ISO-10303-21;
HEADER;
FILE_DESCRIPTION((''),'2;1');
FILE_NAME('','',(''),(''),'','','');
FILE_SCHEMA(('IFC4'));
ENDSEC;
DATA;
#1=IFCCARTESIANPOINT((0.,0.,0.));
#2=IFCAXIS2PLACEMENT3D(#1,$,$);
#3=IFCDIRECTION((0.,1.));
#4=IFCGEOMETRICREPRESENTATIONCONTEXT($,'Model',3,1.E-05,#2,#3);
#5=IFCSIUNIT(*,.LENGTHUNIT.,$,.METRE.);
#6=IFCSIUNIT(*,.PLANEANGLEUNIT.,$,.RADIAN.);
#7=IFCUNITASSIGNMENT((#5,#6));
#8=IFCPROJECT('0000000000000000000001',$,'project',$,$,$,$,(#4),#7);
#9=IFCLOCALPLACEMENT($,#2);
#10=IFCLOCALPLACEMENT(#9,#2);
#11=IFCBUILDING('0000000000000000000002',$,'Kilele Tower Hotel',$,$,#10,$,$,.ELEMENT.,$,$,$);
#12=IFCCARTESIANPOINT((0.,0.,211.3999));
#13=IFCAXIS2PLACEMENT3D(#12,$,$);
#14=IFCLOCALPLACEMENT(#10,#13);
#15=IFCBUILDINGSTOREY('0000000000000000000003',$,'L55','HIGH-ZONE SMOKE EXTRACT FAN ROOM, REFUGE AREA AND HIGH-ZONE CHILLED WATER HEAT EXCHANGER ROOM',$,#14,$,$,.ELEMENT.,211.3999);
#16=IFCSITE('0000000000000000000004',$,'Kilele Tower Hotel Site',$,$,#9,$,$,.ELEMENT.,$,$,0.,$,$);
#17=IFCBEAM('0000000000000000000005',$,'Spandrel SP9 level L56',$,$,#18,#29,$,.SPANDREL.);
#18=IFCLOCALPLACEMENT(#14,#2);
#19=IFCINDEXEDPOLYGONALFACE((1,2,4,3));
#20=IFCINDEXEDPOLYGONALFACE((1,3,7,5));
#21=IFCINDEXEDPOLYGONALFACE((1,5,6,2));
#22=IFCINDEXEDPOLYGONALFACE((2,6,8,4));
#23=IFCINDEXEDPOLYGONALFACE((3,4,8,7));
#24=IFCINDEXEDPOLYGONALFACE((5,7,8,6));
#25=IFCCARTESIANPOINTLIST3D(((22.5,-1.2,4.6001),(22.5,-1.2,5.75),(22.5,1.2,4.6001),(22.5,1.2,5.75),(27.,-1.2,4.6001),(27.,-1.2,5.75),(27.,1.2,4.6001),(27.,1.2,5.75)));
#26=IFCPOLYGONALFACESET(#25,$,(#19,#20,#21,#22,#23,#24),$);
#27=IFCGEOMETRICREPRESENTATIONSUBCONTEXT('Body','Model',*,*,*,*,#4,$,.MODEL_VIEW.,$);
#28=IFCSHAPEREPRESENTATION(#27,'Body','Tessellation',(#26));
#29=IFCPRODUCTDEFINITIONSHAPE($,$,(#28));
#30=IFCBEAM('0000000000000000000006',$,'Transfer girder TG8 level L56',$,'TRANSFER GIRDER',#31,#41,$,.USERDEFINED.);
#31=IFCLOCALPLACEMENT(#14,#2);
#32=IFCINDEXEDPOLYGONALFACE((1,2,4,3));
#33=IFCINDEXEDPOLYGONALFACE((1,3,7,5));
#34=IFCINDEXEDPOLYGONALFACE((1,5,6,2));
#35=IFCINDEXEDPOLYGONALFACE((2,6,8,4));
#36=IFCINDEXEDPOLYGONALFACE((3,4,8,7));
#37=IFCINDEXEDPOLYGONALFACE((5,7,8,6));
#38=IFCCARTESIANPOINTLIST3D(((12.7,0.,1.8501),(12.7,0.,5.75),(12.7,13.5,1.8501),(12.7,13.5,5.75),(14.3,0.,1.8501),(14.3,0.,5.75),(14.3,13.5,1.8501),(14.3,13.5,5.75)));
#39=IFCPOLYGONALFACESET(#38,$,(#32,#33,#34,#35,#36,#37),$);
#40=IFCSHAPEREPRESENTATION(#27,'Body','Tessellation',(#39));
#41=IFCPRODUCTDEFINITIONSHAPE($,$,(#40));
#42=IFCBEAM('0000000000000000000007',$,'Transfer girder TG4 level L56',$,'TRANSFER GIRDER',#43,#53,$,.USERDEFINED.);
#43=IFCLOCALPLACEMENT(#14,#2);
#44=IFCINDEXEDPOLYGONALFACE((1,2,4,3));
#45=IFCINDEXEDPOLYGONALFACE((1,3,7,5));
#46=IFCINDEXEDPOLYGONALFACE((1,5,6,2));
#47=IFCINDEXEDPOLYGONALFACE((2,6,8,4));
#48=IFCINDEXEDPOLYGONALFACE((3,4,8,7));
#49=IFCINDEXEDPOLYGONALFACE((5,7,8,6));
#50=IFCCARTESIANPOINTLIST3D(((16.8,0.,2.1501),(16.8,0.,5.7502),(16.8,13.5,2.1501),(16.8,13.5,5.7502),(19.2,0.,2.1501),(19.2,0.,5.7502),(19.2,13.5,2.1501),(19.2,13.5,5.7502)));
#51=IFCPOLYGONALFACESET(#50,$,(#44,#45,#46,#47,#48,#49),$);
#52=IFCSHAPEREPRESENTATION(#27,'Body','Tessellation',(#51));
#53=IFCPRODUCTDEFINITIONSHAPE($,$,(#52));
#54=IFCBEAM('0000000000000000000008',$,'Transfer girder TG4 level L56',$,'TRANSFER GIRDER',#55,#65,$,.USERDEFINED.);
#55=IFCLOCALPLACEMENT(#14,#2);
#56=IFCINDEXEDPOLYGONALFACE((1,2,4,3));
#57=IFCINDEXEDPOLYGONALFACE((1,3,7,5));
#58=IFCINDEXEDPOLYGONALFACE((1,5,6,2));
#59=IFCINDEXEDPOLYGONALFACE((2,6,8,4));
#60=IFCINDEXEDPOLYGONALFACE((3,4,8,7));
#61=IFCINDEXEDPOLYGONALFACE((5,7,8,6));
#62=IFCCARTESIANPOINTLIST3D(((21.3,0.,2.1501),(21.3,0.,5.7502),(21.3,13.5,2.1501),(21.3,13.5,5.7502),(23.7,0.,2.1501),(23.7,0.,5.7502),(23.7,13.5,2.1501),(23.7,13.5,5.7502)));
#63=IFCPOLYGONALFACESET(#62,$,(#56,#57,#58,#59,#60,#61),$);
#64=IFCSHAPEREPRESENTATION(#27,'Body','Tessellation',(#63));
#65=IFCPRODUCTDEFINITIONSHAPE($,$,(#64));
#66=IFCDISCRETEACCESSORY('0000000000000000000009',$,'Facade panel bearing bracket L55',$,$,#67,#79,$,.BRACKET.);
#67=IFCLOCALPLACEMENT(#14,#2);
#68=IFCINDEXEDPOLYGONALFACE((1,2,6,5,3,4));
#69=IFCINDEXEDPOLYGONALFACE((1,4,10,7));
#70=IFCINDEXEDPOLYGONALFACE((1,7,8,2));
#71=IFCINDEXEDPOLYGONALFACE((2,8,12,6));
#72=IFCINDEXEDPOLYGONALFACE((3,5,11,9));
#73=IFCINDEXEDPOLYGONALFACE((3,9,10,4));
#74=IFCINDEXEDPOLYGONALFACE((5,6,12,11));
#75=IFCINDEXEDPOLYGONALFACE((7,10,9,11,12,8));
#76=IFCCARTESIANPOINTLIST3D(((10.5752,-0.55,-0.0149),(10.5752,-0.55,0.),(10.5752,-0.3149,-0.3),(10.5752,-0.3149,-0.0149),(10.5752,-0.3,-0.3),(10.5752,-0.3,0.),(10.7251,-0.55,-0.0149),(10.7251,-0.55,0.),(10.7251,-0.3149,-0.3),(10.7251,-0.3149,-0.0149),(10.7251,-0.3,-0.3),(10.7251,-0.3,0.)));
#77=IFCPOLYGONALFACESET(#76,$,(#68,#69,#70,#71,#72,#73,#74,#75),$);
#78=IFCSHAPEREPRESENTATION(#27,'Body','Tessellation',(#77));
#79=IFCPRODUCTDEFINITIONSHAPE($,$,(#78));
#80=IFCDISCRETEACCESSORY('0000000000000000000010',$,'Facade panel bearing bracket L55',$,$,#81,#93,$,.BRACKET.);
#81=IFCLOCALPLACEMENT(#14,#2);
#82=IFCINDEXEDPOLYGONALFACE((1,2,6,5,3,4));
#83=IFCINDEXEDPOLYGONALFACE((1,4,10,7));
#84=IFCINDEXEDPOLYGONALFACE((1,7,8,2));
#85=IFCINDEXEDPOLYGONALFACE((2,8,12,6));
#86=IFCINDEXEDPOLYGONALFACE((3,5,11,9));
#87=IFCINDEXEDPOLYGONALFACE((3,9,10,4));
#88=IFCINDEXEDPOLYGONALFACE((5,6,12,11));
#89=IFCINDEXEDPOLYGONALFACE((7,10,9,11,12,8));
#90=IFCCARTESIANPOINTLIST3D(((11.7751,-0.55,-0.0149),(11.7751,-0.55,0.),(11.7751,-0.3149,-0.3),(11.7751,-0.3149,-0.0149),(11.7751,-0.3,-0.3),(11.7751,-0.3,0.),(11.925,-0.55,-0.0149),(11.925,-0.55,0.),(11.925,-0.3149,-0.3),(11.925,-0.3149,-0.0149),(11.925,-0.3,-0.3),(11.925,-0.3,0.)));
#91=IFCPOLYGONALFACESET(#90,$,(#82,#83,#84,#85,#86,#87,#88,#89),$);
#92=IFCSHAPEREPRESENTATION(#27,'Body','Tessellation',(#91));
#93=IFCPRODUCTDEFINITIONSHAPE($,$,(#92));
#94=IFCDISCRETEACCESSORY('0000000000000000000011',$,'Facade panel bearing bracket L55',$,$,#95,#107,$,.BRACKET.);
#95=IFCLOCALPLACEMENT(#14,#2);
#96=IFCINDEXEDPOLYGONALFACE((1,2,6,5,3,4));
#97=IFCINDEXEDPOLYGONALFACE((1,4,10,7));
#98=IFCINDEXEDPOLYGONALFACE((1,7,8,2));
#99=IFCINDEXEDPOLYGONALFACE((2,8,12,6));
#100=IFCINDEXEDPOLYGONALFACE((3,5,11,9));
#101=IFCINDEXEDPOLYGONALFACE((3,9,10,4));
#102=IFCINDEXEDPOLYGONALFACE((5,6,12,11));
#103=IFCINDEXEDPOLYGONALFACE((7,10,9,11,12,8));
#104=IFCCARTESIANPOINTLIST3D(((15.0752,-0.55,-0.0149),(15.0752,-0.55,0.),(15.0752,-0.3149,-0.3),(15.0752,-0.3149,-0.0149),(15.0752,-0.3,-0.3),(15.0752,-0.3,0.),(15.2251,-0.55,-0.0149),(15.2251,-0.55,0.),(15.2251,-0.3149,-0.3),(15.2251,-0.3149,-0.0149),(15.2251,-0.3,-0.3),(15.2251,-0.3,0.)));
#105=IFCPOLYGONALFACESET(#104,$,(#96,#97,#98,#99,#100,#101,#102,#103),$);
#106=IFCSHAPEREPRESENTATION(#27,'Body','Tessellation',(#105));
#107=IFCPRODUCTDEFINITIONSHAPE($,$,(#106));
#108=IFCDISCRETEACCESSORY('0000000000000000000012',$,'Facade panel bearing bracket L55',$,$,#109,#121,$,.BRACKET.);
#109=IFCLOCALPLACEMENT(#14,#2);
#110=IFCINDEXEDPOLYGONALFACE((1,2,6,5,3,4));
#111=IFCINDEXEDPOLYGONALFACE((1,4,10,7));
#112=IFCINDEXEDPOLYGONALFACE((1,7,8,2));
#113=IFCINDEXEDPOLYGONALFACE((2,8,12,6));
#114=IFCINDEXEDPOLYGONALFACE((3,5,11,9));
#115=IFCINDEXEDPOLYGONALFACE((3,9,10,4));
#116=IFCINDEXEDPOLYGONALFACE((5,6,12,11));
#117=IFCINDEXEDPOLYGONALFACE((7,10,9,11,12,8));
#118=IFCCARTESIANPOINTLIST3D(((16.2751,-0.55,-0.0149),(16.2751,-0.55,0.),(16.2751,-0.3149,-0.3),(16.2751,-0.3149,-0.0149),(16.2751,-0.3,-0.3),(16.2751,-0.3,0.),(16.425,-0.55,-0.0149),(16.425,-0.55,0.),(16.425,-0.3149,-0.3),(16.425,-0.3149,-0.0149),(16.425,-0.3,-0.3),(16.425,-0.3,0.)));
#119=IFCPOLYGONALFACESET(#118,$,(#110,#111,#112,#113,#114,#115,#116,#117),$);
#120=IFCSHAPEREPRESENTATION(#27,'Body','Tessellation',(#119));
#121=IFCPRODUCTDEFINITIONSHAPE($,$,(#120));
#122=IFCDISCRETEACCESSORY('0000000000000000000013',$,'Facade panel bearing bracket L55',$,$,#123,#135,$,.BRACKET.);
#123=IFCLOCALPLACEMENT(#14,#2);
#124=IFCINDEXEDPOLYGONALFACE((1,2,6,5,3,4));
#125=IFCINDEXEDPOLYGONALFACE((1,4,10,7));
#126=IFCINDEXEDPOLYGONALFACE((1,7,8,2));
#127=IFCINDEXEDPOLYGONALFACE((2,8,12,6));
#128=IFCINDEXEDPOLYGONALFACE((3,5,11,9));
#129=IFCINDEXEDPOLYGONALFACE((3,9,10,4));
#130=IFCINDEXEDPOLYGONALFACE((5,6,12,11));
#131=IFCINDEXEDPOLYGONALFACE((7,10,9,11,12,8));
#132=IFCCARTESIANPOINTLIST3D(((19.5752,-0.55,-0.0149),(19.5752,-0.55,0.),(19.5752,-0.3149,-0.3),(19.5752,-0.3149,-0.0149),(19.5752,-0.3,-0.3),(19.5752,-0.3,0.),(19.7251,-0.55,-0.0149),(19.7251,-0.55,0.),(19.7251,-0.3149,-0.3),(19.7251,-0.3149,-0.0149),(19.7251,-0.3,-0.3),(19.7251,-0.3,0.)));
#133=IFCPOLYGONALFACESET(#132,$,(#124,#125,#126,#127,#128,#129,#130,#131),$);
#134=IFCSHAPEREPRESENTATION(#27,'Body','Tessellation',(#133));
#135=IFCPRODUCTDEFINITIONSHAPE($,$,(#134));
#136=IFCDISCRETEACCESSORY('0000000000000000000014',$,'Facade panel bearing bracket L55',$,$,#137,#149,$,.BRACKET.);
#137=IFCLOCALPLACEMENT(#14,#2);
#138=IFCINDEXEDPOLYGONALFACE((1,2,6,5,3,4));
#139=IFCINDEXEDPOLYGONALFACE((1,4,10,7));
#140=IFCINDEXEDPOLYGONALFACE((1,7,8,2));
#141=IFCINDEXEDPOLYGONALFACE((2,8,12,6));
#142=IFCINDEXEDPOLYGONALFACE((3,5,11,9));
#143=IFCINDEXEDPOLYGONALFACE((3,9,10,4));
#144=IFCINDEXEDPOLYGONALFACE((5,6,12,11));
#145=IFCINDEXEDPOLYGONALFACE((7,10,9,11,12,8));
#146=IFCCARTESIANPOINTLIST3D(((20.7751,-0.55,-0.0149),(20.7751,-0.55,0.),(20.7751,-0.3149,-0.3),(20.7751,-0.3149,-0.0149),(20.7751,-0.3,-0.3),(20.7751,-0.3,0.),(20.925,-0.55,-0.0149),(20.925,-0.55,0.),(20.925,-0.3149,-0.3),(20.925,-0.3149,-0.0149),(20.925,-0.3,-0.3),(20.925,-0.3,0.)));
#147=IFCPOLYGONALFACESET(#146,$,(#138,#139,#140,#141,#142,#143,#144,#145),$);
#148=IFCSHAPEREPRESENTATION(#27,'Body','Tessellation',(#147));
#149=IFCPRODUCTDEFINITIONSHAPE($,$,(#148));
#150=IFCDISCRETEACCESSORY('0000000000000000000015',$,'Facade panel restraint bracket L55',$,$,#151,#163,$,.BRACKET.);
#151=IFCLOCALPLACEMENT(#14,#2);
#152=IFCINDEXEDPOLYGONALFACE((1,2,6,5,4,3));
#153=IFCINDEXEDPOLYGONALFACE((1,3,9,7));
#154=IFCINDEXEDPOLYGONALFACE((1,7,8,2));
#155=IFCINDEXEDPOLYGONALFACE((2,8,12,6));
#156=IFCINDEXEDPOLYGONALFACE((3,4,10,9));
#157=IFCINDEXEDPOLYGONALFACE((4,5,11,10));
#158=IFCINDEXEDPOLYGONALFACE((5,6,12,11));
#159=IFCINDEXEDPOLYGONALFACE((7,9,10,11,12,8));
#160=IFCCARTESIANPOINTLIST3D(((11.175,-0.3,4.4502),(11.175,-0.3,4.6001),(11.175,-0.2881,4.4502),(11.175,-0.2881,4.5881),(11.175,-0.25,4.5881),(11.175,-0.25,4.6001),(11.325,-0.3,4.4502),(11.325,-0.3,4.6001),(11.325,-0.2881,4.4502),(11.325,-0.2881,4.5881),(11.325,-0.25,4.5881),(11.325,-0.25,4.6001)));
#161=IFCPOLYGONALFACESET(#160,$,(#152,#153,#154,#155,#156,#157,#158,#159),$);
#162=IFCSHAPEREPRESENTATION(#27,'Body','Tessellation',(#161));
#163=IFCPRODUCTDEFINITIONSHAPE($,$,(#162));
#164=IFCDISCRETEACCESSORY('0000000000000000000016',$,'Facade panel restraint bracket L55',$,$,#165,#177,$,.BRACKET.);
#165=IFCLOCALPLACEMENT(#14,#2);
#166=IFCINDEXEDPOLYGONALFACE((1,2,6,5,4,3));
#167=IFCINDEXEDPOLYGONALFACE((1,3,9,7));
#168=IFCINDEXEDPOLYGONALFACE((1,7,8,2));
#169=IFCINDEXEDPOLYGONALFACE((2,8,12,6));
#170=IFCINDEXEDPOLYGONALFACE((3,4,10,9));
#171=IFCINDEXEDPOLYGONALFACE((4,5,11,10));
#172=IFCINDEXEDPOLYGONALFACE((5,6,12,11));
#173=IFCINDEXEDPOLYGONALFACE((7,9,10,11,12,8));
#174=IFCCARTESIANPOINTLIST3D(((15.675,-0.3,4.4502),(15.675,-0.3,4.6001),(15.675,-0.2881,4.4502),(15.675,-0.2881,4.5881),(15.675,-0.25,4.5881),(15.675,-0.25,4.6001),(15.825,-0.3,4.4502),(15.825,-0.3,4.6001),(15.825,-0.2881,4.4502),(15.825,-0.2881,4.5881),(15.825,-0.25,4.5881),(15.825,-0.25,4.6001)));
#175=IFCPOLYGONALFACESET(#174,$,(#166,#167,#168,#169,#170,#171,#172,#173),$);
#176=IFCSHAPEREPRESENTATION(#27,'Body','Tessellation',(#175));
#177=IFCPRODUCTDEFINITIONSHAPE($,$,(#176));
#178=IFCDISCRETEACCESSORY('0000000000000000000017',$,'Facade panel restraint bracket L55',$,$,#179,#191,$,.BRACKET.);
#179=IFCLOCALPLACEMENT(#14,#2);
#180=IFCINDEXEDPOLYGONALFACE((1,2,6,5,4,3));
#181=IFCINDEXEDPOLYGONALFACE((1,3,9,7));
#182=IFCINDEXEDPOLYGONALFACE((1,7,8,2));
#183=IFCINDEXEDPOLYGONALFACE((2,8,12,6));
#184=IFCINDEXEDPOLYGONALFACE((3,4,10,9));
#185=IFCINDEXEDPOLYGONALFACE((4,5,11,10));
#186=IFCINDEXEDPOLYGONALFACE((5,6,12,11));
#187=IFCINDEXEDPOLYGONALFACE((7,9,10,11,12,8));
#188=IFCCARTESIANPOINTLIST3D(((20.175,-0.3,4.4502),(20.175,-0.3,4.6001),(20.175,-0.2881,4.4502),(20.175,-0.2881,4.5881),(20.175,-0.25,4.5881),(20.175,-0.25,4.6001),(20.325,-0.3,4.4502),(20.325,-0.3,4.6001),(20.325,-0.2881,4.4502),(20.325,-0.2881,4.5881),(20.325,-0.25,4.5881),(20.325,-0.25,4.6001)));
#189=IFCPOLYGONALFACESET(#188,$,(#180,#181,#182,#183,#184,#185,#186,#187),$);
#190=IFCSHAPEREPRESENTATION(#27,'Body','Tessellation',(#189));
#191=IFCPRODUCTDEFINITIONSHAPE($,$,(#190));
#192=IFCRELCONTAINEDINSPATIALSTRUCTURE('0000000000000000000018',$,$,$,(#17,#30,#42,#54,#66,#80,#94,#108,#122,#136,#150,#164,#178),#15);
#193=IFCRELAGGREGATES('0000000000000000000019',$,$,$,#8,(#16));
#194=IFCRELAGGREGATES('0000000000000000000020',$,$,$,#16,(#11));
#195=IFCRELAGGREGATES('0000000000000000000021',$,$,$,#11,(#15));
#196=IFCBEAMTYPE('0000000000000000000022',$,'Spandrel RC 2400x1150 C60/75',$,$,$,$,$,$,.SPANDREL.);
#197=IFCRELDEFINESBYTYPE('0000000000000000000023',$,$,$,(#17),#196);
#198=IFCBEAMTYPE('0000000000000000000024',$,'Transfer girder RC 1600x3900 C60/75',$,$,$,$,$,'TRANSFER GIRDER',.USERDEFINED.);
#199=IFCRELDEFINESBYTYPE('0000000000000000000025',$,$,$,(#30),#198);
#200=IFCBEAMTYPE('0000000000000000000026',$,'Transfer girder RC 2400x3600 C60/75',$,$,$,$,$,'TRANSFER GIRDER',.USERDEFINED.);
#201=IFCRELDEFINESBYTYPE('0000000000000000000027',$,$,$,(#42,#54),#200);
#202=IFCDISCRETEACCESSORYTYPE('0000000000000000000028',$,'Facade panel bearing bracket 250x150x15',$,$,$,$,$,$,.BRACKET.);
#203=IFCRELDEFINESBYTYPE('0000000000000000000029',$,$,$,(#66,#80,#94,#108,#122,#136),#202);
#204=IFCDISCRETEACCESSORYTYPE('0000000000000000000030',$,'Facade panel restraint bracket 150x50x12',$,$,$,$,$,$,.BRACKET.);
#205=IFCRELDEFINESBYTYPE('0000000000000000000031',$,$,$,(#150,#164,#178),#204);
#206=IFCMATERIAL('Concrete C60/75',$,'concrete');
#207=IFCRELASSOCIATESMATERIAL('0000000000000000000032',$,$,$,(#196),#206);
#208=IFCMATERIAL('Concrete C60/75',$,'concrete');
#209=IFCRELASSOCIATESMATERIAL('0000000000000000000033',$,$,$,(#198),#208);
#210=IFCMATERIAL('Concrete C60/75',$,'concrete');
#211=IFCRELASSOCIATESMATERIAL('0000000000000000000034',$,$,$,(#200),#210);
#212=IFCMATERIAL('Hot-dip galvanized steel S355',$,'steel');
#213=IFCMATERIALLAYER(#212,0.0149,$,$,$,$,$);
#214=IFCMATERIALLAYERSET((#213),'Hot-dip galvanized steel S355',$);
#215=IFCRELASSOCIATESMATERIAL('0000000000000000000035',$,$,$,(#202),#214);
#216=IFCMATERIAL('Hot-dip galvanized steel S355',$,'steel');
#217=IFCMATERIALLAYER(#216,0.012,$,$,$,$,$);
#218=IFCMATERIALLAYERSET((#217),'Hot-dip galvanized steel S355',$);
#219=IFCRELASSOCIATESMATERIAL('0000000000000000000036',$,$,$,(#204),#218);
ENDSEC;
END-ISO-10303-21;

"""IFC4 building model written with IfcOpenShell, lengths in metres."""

from ifc_helpers import new_model, si_unit, direction, frame, origin, origin_2d, place, context, subcontext, project, spatial, polyline, rectangle, outline, extrude, source, transform, mapped, material, layer, layer_set, material_profile, profile_set, type_object, element, save


model = new_model("IFC4")

# Units and contexts
model_context = context("Model", 3, precision=1e-05, world=origin(), true_north=direction((0.0, 1.0)))
body_context = subcontext(model_context, "Body", "Model", "MODEL_VIEW")
ifc_project = project(units=[si_unit("LENGTHUNIT", "METRE"), si_unit("PLANEANGLEUNIT", "RADIAN")], contexts=[model_context])

# Site, building, storey
site_placement = place(None, origin())
site = spatial("IfcSite", under=ifc_project, at=site_placement, Name="Kilele Tower Hotel Site", CompositionType="ELEMENT", RefElevation=0.0)
building_placement = place(site_placement, origin())
building = spatial("IfcBuilding", under=site, at=building_placement, Name="Kilele Tower Hotel", CompositionType="ELEMENT")
storey_placement = place(building_placement, frame((0.0, 0.0, 211.3999)))
storey = spatial("IfcBuildingStorey", under=building, at=storey_placement, Name="L55", Description="HIGH-ZONE SMOKE EXTRACT FAN ROOM, REFUGE AREA AND HIGH-ZONE CHILLED WATER HEAT EXCHANGER ROOM", CompositionType="ELEMENT", Elevation=211.3999)

# Beams
ifc_material_1 = material(Name="Concrete C60/75", Category="concrete")
ifc_material_profile_1 = material_profile(ifc_material_1, rectangle(XDim=2.3999, YDim=1.1499, at=origin_2d()))
ifc_profile_set_1 = profile_set([ifc_material_profile_1], Name="Concrete C60/75")
beam_type_1 = type_object("IfcBeamType", Name="Spandrel RC 2400x1150 C60/75", PredefinedType="SPANDREL", material=ifc_profile_set_1)
for number, where, z_axis, x_axis, name in (
    (1, (22.5, 0.0, 5.175), (1.0, 0.0, 0.0), (0.0, 1.0, 0.0), "Spandrel SP9 level L56"),
):
    element("IfcBeam", number, at=place(storey_placement, frame(where, z_axis=z_axis, x_axis=x_axis)), inside=storey, type_object=beam_type_1, Name=name, PredefinedType="SPANDREL", context=body_context, shape_type="SweptSolid", body=[
        extrude(rectangle(XDim=2.3999, YDim=1.1499, at=origin_2d()), origin(), (0.0, 0.0, 1.0), 4.5),
    ])
ifc_material_2 = material(Name="Concrete C60/75", Category="concrete")
ifc_material_profile_2 = material_profile(ifc_material_2, rectangle(XDim=1.6001, YDim=3.8999, at=origin_2d()))
ifc_profile_set_2 = profile_set([ifc_material_profile_2], Name="Concrete C60/75")
beam_type_2 = type_object("IfcBeamType", Name="Transfer girder RC 1600x3900 C60/75", ElementType="TRANSFER GIRDER", PredefinedType="USERDEFINED", material=ifc_profile_set_2)
beam_placement = place(storey_placement, frame((13.5, 0.0, 3.8), z_axis=(0.0, 1.0, 0.0), x_axis=(-1.0, 0.0, 0.0)))
element("IfcBeam", 2, at=beam_placement, inside=storey, type_object=beam_type_2, Name="Transfer girder TG8 level L56", ObjectType="TRANSFER GIRDER", PredefinedType="USERDEFINED", context=body_context, shape_type="SweptSolid", body=[
    extrude(rectangle(XDim=1.6001, YDim=3.8999, at=origin_2d()), origin(), (0.0, 0.0, 1.0), 13.5),
])
ifc_material_3 = material(Name="Concrete C60/75", Category="concrete")
ifc_material_profile_3 = material_profile(ifc_material_3, rectangle(XDim=2.3999, YDim=3.6001, at=origin_2d()))
ifc_profile_set_3 = profile_set([ifc_material_profile_3], Name="Concrete C60/75")
beam_type_3 = type_object("IfcBeamType", Name="Transfer girder RC 2400x3600 C60/75", ElementType="TRANSFER GIRDER", PredefinedType="USERDEFINED", material=ifc_profile_set_3)
for number, where, z_axis, x_axis, name in (
    (3, (18.0, 0.0, 3.9502), (0.0, 1.0, 0.0), (-1.0, 0.0, 0.0), "Transfer girder TG4 level L56"),
    (4, (22.5, 0.0, 3.9502), (0.0, 1.0, 0.0), (-1.0, 0.0, 0.0), "Transfer girder TG4 level L56"),
):
    element("IfcBeam", number, at=place(storey_placement, frame(where, z_axis=z_axis, x_axis=x_axis)), inside=storey, type_object=beam_type_3, Name=name, ObjectType="TRANSFER GIRDER", PredefinedType="USERDEFINED", context=body_context, shape_type="SweptSolid", body=[
        extrude(rectangle(XDim=2.3999, YDim=3.6001, at=origin_2d()), origin(), (0.0, 0.0, 1.0), 13.5),
    ])

# Discrete accessories
ifc_material_4 = material(Name="Hot-dip galvanized steel S355", Category="steel")
ifc_layer_1 = layer(ifc_material_4, 0.0149)
ifc_layer_set_1 = layer_set([ifc_layer_1], Name="Hot-dip galvanized steel S355")
discrete_accessory_type_1 = type_object("IfcDiscreteAccessoryType", Name="Facade panel bearing bracket 250x150x15", PredefinedType="BRACKET", material=ifc_layer_set_1)
shared_shape_1 = source(origin(), body_context, "Body", "SweptSolid", [
    extrude(outline(polyline([(0.0, 0.0), (0.25, 0.0), (0.25, -0.0149), (0.0149, -0.0149), (0.0149, -0.3), (0.0, -0.3), (0.0, 0.0)])), origin(), (0.0, 0.0, 1.0), 0.1499),
])
for number, where, z_axis, x_axis, name in (
    (5, (10.7251, -0.3, 0.0), (-1.0, 0.0, 0.0), (0.0, -1.0, 0.0), "Facade panel bearing bracket L55"),
    (6, (11.925, -0.3, 0.0), (-1.0, 0.0, 0.0), (0.0, -1.0, 0.0), "Facade panel bearing bracket L55"),
    (7, (15.2251, -0.3, 0.0), (-1.0, 0.0, 0.0), (0.0, -1.0, 0.0), "Facade panel bearing bracket L55"),
    (8, (16.425, -0.3, 0.0), (-1.0, 0.0, 0.0), (0.0, -1.0, 0.0), "Facade panel bearing bracket L55"),
    (9, (19.7251, -0.3, 0.0), (-1.0, 0.0, 0.0), (0.0, -1.0, 0.0), "Facade panel bearing bracket L55"),
    (10, (20.925, -0.3, 0.0), (-1.0, 0.0, 0.0), (0.0, -1.0, 0.0), "Facade panel bearing bracket L55"),
):
    element("IfcDiscreteAccessory", number, at=place(storey_placement, frame(where, z_axis=z_axis, x_axis=x_axis)), inside=storey, type_object=discrete_accessory_type_1, Name=name, PredefinedType="BRACKET", context=body_context, shape_type="MappedRepresentation", body=[
        mapped(shared_shape_1, transform((0.0, 0.0, 0.0))),
    ])
ifc_material_5 = material(Name="Hot-dip galvanized steel S355", Category="steel")
ifc_layer_2 = layer(ifc_material_5, 0.012)
ifc_layer_set_2 = layer_set([ifc_layer_2], Name="Hot-dip galvanized steel S355")
discrete_accessory_type_2 = type_object("IfcDiscreteAccessoryType", Name="Facade panel restraint bracket 150x50x12", PredefinedType="BRACKET", material=ifc_layer_set_2)
shared_shape_2 = source(origin(), body_context, "Body", "SweptSolid", [
    extrude(outline(polyline([(0.0, 0.0), (0.0, -0.1499), (-0.012, -0.1499), (-0.012, -0.012), (-0.05, -0.012), (-0.05, 0.0), (0.0, 0.0)])), origin(), (0.0, 0.0, 1.0), 0.1499),
])
for number, where, z_axis, x_axis, name in (
    (11, (11.325, -0.3, 4.6001), (-1.0, 0.0, 0.0), (0.0, -1.0, 0.0), "Facade panel restraint bracket L55"),
    (12, (15.825, -0.3, 4.6001), (-1.0, 0.0, 0.0), (0.0, -1.0, 0.0), "Facade panel restraint bracket L55"),
    (13, (20.325, -0.3, 4.6001), (-1.0, 0.0, 0.0), (0.0, -1.0, 0.0), "Facade panel restraint bracket L55"),
):
    element("IfcDiscreteAccessory", number, at=place(storey_placement, frame(where, z_axis=z_axis, x_axis=x_axis)), inside=storey, type_object=discrete_accessory_type_2, Name=name, PredefinedType="BRACKET", context=body_context, shape_type="MappedRepresentation", body=[
        mapped(shared_shape_2, transform((0.0, 0.0, 0.0))),
    ])

save(model, "model.ifc")
